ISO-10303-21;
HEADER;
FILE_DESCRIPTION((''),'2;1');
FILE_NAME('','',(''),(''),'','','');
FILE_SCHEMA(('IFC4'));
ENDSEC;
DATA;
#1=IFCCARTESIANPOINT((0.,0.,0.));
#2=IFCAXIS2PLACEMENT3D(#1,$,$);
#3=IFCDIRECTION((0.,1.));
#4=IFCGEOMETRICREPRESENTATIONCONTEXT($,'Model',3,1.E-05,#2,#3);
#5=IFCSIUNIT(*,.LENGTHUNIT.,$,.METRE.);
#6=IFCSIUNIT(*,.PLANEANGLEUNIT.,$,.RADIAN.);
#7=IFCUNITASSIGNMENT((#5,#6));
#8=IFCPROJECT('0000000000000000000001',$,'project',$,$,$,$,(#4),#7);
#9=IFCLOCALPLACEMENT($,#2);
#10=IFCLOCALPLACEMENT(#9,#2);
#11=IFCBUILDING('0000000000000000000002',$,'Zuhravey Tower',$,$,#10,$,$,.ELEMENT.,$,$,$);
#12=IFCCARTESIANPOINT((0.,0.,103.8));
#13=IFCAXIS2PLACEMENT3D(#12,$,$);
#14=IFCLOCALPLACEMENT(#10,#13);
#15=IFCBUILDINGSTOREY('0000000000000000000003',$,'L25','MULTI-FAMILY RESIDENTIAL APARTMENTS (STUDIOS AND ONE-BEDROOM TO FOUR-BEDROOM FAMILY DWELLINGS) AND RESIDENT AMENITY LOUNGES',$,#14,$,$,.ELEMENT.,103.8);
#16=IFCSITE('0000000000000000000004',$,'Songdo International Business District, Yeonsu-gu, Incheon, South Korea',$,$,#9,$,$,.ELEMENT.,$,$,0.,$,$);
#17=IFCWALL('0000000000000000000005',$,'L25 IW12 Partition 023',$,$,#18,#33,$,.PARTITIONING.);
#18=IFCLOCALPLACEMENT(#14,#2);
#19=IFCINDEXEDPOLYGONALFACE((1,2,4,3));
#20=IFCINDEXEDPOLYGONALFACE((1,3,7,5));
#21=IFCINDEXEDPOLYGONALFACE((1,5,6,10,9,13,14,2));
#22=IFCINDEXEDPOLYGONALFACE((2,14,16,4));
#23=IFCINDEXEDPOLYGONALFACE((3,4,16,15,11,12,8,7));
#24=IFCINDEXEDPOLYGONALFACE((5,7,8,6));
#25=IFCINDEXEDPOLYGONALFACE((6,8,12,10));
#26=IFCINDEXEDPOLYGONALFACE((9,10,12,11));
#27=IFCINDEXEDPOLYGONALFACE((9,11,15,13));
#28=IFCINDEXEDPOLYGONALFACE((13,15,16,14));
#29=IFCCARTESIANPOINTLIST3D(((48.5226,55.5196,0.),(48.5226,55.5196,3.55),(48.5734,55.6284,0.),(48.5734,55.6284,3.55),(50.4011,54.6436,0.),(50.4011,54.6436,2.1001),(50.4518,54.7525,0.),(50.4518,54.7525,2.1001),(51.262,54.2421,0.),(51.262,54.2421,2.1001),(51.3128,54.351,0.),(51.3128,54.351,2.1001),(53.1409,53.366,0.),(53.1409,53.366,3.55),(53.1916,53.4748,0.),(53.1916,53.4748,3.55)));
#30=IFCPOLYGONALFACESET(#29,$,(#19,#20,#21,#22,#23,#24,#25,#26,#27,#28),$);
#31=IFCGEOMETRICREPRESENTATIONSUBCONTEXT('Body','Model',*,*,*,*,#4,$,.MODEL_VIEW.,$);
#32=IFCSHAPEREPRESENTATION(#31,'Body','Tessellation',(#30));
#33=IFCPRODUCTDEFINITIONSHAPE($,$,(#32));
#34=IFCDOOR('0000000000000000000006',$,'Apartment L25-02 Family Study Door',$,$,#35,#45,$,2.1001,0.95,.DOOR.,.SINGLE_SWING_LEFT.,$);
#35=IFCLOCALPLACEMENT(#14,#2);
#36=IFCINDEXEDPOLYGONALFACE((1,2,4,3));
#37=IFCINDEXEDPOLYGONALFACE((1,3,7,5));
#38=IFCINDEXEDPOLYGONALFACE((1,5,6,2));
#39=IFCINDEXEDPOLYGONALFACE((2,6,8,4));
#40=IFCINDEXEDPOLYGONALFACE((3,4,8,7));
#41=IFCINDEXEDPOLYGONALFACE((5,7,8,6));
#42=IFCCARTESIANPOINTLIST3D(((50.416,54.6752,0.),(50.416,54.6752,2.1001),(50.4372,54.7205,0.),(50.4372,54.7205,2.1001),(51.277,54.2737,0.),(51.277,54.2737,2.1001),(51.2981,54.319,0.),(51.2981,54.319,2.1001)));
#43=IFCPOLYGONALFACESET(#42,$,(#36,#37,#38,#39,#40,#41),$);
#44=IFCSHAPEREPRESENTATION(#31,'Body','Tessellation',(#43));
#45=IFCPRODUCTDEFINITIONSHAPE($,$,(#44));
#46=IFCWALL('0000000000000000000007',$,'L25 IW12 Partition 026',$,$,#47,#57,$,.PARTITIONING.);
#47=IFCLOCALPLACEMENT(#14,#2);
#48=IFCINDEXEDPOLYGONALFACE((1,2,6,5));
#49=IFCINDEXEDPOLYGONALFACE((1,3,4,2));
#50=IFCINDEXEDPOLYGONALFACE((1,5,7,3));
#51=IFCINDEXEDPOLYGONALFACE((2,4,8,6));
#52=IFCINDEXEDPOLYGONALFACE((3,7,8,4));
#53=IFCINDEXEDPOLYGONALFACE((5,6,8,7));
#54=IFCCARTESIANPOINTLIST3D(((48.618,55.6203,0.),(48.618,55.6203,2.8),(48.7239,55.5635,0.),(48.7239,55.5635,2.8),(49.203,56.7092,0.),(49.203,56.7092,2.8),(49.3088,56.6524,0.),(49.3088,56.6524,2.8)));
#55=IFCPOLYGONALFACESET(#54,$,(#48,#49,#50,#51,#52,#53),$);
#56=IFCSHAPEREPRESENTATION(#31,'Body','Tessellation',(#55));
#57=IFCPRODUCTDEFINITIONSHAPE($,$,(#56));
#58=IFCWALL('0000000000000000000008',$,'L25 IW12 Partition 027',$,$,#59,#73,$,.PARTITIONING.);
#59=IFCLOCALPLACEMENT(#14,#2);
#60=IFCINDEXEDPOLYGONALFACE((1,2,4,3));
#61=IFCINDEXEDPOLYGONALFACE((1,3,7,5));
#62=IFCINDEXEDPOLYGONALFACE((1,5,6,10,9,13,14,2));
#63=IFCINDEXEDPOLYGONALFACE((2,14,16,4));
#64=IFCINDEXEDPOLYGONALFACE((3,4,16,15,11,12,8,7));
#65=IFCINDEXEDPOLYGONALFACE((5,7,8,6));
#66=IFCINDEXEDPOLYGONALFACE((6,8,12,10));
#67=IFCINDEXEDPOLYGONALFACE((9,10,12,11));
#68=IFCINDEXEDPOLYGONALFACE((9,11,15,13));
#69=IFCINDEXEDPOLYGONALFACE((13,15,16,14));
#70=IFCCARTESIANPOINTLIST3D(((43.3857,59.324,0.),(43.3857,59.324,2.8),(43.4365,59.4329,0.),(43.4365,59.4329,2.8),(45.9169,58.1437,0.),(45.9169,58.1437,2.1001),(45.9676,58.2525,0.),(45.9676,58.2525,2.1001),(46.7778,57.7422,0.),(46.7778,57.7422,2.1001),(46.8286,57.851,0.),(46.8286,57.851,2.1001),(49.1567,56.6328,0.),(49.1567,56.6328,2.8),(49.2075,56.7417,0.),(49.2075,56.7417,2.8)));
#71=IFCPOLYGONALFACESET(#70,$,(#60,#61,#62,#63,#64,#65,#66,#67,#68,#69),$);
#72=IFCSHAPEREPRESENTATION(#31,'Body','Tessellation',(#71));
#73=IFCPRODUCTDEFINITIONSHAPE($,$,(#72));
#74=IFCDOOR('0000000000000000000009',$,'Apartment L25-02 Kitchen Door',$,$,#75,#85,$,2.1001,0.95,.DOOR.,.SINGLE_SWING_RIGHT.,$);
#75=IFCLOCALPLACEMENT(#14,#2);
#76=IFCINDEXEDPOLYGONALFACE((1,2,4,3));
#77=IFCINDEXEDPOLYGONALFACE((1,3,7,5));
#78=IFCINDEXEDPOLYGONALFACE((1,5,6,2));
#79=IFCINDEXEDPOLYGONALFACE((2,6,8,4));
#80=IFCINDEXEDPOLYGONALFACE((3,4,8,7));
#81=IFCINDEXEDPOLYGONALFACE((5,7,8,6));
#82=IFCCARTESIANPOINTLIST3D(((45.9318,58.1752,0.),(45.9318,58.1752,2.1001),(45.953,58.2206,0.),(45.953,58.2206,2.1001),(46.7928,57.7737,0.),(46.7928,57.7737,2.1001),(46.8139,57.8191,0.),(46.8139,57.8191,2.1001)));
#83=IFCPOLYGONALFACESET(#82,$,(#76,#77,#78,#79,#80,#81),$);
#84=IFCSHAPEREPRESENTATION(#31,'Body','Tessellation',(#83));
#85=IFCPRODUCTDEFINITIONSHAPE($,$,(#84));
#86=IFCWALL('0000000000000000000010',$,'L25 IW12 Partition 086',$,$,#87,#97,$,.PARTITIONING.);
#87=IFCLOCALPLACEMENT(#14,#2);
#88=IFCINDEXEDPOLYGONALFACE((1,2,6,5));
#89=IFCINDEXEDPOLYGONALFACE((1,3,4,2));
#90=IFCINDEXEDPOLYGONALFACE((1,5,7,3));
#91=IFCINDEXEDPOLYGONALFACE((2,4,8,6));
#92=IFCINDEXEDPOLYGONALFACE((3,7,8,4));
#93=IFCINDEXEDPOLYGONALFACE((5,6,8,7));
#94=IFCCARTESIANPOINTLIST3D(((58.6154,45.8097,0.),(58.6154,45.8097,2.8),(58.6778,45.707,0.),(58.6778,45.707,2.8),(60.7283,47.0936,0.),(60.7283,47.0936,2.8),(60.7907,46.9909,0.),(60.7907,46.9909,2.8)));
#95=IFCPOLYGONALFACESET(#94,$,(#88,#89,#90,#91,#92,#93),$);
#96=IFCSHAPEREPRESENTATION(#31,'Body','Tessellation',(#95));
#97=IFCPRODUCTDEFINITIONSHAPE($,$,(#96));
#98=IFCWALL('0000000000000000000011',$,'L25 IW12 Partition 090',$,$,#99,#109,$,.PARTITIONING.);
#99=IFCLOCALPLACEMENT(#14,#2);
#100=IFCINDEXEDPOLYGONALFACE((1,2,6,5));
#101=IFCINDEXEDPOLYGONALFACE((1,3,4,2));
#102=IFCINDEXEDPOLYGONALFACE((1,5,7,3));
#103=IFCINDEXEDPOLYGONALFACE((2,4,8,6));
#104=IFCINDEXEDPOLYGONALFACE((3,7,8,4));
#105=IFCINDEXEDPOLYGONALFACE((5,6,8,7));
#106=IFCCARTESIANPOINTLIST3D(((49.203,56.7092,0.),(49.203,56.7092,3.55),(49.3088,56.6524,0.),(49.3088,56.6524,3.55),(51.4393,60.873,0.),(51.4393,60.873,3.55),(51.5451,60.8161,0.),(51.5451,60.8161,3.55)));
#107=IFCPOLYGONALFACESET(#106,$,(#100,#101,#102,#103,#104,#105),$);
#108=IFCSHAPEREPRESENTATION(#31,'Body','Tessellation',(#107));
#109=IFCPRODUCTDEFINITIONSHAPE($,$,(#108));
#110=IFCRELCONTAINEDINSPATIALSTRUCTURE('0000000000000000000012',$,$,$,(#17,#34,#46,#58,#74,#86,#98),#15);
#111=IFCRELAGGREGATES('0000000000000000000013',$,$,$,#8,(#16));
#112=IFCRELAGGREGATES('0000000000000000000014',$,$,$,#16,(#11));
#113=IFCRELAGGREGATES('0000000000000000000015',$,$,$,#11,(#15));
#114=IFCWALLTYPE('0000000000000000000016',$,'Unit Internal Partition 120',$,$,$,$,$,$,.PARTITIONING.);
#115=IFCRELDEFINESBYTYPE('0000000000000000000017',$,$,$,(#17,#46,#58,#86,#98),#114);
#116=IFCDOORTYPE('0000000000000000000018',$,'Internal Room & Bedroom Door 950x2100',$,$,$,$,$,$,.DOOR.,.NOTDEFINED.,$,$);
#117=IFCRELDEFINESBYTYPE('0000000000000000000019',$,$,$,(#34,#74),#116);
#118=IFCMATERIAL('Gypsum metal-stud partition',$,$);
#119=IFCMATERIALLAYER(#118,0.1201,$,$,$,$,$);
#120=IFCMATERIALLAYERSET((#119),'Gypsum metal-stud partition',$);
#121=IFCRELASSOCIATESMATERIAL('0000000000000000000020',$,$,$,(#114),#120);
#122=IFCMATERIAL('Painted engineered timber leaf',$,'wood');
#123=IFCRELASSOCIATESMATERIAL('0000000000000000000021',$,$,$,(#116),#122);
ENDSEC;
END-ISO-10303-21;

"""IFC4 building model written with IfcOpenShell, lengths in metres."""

from ifc_helpers import new_model, si_unit, direction, frame, frame_2d, origin, place, context, subcontext, project, spatial, rectangle, extrude, material, layer, layer_set, type_object, element, fill, save


model = new_model("IFC4")

# Units and contexts
model_context = context("Model", 3, precision=1e-05, world=origin(), true_north=direction((0.0, 1.0)))
body_context = subcontext(model_context, "Body", "Model", "MODEL_VIEW")
ifc_project = project(units=[si_unit("LENGTHUNIT", "METRE"), si_unit("PLANEANGLEUNIT", "RADIAN")], contexts=[model_context])

# Site, building, storey
site_placement = place(None, origin())
site = spatial("IfcSite", under=ifc_project, at=site_placement, Name="Songdo International Business District, Yeonsu-gu, Incheon, South Korea", CompositionType="ELEMENT", RefElevation=0.0)
building_placement = place(site_placement, origin())
building = spatial("IfcBuilding", under=site, at=building_placement, Name="Zuhravey Tower", CompositionType="ELEMENT")
storey_placement = place(building_placement, frame((0.0, 0.0, 103.8)))
storey = spatial("IfcBuildingStorey", under=building, at=storey_placement, Name="L25", Description="MULTI-FAMILY RESIDENTIAL APARTMENTS (STUDIOS AND ONE-BEDROOM TO FOUR-BEDROOM FAMILY DWELLINGS) AND RESIDENT AMENITY LOUNGES", CompositionType="ELEMENT", Elevation=103.8)

# Wall, opening, door
ifc_material_1 = material(Name="Gypsum metal-stud partition")
ifc_layer_1 = layer(ifc_material_1, 0.1201)
ifc_layer_set_1 = layer_set([ifc_layer_1], Name="Gypsum metal-stud partition")
wall_type_1 = type_object("IfcWallType", Name="Unit Internal Partition 120", PredefinedType="PARTITIONING", material=ifc_layer_set_1)
ifc_material_2 = material(Name="Painted engineered timber leaf", Category="wood")
door_type = type_object("IfcDoorType", Name="Internal Room & Bedroom Door 950x2100", OperationType="NOTDEFINED", PredefinedType="DOOR", material=ifc_material_2)
wall_1_placement = place(storey_placement, frame((53.1663, 53.4204, 0.0), z_axis=(0.0, 0.0, 1.0), x_axis=(-0.906302, 0.422631, 0.0)))
wall_1 = element("IfcWall", 1, at=wall_1_placement, inside=storey, type_object=wall_type_1, Name="L25 IW12 Partition 023", PredefinedType="PARTITIONING", context=body_context, shape_type="SweptSolid", body=[
    extrude(rectangle(XDim=5.0957, YDim=0.1201, at=frame_2d((2.5479, 0.0))), origin(), (0.0, 0.0, 1.0), 3.55),
])
opening_1_placement = place(wall_1_placement, frame((2.073, 0.0, 0.0)))
opening_1 = element("IfcOpeningElement", 2, at=opening_1_placement, cuts=wall_1, PredefinedType="OPENING", context=body_context, shape_type="SweptSolid", body=[
    extrude(rectangle(XDim=0.95, YDim=2.1001, at=frame_2d((0.4751, 1.05))), frame((0.0, 0.072, 0.0), z_axis=(0.0, -1.0, 0.0), x_axis=(1.0, 0.0, 0.0)), (0.0, 0.0, 1.0), 0.144),
])
door_1_placement = place(opening_1_placement, frame((0.95, 0.0, 0.0), z_axis=(0.0, 0.0, 1.0), x_axis=(-1.0, 0.0, 0.0)))
door_1 = element("IfcDoor", 3, at=door_1_placement, inside=storey, type_object=door_type, Name="Apartment L25-02 Family Study Door", OperationType="SINGLE_SWING_LEFT", OverallHeight=2.1001, OverallWidth=0.95, PredefinedType="DOOR", context=body_context, shape_type="SweptSolid", body=[
    extrude(rectangle(XDim=0.95, YDim=2.1001, at=frame_2d((0.4751, 1.05))), frame((0.0, 0.0249, 0.0), z_axis=(0.0, -1.0, 0.0), x_axis=(1.0, 0.0, 0.0)), (0.0, 0.0, 1.0), 0.05),
])
fill(opening_1, door_1)

# Wall
wall_2_placement = place(storey_placement, frame((48.6709, 55.5918, 0.0), z_axis=(0.0, 0.0, 1.0), x_axis=(0.473252, 0.880927, 0.0)))
element("IfcWall", 4, at=wall_2_placement, inside=storey, type_object=wall_type_1, Name="L25 IW12 Partition 026", PredefinedType="PARTITIONING", context=body_context, shape_type="SweptSolid", body=[
    extrude(rectangle(XDim=1.2361, YDim=0.1201, at=frame_2d((0.6182, 0.0))), origin(), (0.0, 0.0, 1.0), 2.8),
])

# Wall, opening, door
wall_3_placement = place(storey_placement, frame((49.1821, 56.6873, 0.0), z_axis=(0.0, 0.0, 1.0), x_axis=(-0.906302, 0.422631, 0.0)))
wall_3 = element("IfcWall", 5, at=wall_3_placement, inside=storey, type_object=wall_type_1, Name="L25 IW12 Partition 027", PredefinedType="PARTITIONING", context=body_context, shape_type="SweptSolid", body=[
    extrude(rectangle(XDim=6.3677, YDim=0.1201, at=frame_2d((3.1838, 0.0))), origin(), (0.0, 0.0, 1.0), 2.8),
])
opening_2_placement = place(wall_3_placement, frame((2.6248, 0.0, 0.0)))
opening_2 = element("IfcOpeningElement", 6, at=opening_2_placement, cuts=wall_3, PredefinedType="OPENING", context=body_context, shape_type="SweptSolid", body=[
    extrude(rectangle(XDim=0.95, YDim=2.1001, at=frame_2d((0.4751, 1.05))), frame((0.0, 0.072, 0.0), z_axis=(0.0, -1.0, 0.0), x_axis=(1.0, 0.0, 0.0)), (0.0, 0.0, 1.0), 0.144),
])
door_2_placement = place(opening_2_placement, frame((0.95, 0.0, 0.0), z_axis=(0.0, 0.0, 1.0), x_axis=(-1.0, 0.0, 0.0)))
door_2 = element("IfcDoor", 7, at=door_2_placement, inside=storey, type_object=door_type, Name="Apartment L25-02 Kitchen Door", OperationType="SINGLE_SWING_RIGHT", OverallHeight=2.1001, OverallWidth=0.95, PredefinedType="DOOR", context=body_context, shape_type="SweptSolid", body=[
    extrude(rectangle(XDim=0.95, YDim=2.1001, at=frame_2d((0.4751, 1.05))), frame((0.0, 0.0249, 0.0), z_axis=(0.0, -1.0, 0.0), x_axis=(1.0, 0.0, 0.0)), (0.0, 0.0, 1.0), 0.05),
])
fill(opening_2, door_2)

# Walls
wall_4_placement = place(storey_placement, frame((58.6465, 45.7583, 0.0), z_axis=(0.0, 0.0, 1.0), x_axis=(0.854604, 0.51928, 0.0)))
element("IfcWall", 8, at=wall_4_placement, inside=storey, type_object=wall_type_1, Name="L25 IW12 Partition 086", PredefinedType="PARTITIONING", context=body_context, shape_type="SweptSolid", body=[
    extrude(rectangle(XDim=2.4724, YDim=0.1201, at=frame_2d((1.2363, 0.0))), origin(), (0.0, 0.0, 1.0), 2.8),
])
wall_5_placement = place(storey_placement, frame((49.2559, 56.6807, 0.0), z_axis=(0.0, 0.0, 1.0), x_axis=(0.47316, 0.880976, 0.0)))
element("IfcWall", 9, at=wall_5_placement, inside=storey, type_object=wall_type_1, Name="L25 IW12 Partition 090", PredefinedType="PARTITIONING", context=body_context, shape_type="SweptSolid", body=[
    extrude(rectangle(XDim=4.7263, YDim=0.1201, at=frame_2d((2.3633, 0.0))), origin(), (0.0, 0.0, 1.0), 3.55),
])

save(model, "model.ifc")
